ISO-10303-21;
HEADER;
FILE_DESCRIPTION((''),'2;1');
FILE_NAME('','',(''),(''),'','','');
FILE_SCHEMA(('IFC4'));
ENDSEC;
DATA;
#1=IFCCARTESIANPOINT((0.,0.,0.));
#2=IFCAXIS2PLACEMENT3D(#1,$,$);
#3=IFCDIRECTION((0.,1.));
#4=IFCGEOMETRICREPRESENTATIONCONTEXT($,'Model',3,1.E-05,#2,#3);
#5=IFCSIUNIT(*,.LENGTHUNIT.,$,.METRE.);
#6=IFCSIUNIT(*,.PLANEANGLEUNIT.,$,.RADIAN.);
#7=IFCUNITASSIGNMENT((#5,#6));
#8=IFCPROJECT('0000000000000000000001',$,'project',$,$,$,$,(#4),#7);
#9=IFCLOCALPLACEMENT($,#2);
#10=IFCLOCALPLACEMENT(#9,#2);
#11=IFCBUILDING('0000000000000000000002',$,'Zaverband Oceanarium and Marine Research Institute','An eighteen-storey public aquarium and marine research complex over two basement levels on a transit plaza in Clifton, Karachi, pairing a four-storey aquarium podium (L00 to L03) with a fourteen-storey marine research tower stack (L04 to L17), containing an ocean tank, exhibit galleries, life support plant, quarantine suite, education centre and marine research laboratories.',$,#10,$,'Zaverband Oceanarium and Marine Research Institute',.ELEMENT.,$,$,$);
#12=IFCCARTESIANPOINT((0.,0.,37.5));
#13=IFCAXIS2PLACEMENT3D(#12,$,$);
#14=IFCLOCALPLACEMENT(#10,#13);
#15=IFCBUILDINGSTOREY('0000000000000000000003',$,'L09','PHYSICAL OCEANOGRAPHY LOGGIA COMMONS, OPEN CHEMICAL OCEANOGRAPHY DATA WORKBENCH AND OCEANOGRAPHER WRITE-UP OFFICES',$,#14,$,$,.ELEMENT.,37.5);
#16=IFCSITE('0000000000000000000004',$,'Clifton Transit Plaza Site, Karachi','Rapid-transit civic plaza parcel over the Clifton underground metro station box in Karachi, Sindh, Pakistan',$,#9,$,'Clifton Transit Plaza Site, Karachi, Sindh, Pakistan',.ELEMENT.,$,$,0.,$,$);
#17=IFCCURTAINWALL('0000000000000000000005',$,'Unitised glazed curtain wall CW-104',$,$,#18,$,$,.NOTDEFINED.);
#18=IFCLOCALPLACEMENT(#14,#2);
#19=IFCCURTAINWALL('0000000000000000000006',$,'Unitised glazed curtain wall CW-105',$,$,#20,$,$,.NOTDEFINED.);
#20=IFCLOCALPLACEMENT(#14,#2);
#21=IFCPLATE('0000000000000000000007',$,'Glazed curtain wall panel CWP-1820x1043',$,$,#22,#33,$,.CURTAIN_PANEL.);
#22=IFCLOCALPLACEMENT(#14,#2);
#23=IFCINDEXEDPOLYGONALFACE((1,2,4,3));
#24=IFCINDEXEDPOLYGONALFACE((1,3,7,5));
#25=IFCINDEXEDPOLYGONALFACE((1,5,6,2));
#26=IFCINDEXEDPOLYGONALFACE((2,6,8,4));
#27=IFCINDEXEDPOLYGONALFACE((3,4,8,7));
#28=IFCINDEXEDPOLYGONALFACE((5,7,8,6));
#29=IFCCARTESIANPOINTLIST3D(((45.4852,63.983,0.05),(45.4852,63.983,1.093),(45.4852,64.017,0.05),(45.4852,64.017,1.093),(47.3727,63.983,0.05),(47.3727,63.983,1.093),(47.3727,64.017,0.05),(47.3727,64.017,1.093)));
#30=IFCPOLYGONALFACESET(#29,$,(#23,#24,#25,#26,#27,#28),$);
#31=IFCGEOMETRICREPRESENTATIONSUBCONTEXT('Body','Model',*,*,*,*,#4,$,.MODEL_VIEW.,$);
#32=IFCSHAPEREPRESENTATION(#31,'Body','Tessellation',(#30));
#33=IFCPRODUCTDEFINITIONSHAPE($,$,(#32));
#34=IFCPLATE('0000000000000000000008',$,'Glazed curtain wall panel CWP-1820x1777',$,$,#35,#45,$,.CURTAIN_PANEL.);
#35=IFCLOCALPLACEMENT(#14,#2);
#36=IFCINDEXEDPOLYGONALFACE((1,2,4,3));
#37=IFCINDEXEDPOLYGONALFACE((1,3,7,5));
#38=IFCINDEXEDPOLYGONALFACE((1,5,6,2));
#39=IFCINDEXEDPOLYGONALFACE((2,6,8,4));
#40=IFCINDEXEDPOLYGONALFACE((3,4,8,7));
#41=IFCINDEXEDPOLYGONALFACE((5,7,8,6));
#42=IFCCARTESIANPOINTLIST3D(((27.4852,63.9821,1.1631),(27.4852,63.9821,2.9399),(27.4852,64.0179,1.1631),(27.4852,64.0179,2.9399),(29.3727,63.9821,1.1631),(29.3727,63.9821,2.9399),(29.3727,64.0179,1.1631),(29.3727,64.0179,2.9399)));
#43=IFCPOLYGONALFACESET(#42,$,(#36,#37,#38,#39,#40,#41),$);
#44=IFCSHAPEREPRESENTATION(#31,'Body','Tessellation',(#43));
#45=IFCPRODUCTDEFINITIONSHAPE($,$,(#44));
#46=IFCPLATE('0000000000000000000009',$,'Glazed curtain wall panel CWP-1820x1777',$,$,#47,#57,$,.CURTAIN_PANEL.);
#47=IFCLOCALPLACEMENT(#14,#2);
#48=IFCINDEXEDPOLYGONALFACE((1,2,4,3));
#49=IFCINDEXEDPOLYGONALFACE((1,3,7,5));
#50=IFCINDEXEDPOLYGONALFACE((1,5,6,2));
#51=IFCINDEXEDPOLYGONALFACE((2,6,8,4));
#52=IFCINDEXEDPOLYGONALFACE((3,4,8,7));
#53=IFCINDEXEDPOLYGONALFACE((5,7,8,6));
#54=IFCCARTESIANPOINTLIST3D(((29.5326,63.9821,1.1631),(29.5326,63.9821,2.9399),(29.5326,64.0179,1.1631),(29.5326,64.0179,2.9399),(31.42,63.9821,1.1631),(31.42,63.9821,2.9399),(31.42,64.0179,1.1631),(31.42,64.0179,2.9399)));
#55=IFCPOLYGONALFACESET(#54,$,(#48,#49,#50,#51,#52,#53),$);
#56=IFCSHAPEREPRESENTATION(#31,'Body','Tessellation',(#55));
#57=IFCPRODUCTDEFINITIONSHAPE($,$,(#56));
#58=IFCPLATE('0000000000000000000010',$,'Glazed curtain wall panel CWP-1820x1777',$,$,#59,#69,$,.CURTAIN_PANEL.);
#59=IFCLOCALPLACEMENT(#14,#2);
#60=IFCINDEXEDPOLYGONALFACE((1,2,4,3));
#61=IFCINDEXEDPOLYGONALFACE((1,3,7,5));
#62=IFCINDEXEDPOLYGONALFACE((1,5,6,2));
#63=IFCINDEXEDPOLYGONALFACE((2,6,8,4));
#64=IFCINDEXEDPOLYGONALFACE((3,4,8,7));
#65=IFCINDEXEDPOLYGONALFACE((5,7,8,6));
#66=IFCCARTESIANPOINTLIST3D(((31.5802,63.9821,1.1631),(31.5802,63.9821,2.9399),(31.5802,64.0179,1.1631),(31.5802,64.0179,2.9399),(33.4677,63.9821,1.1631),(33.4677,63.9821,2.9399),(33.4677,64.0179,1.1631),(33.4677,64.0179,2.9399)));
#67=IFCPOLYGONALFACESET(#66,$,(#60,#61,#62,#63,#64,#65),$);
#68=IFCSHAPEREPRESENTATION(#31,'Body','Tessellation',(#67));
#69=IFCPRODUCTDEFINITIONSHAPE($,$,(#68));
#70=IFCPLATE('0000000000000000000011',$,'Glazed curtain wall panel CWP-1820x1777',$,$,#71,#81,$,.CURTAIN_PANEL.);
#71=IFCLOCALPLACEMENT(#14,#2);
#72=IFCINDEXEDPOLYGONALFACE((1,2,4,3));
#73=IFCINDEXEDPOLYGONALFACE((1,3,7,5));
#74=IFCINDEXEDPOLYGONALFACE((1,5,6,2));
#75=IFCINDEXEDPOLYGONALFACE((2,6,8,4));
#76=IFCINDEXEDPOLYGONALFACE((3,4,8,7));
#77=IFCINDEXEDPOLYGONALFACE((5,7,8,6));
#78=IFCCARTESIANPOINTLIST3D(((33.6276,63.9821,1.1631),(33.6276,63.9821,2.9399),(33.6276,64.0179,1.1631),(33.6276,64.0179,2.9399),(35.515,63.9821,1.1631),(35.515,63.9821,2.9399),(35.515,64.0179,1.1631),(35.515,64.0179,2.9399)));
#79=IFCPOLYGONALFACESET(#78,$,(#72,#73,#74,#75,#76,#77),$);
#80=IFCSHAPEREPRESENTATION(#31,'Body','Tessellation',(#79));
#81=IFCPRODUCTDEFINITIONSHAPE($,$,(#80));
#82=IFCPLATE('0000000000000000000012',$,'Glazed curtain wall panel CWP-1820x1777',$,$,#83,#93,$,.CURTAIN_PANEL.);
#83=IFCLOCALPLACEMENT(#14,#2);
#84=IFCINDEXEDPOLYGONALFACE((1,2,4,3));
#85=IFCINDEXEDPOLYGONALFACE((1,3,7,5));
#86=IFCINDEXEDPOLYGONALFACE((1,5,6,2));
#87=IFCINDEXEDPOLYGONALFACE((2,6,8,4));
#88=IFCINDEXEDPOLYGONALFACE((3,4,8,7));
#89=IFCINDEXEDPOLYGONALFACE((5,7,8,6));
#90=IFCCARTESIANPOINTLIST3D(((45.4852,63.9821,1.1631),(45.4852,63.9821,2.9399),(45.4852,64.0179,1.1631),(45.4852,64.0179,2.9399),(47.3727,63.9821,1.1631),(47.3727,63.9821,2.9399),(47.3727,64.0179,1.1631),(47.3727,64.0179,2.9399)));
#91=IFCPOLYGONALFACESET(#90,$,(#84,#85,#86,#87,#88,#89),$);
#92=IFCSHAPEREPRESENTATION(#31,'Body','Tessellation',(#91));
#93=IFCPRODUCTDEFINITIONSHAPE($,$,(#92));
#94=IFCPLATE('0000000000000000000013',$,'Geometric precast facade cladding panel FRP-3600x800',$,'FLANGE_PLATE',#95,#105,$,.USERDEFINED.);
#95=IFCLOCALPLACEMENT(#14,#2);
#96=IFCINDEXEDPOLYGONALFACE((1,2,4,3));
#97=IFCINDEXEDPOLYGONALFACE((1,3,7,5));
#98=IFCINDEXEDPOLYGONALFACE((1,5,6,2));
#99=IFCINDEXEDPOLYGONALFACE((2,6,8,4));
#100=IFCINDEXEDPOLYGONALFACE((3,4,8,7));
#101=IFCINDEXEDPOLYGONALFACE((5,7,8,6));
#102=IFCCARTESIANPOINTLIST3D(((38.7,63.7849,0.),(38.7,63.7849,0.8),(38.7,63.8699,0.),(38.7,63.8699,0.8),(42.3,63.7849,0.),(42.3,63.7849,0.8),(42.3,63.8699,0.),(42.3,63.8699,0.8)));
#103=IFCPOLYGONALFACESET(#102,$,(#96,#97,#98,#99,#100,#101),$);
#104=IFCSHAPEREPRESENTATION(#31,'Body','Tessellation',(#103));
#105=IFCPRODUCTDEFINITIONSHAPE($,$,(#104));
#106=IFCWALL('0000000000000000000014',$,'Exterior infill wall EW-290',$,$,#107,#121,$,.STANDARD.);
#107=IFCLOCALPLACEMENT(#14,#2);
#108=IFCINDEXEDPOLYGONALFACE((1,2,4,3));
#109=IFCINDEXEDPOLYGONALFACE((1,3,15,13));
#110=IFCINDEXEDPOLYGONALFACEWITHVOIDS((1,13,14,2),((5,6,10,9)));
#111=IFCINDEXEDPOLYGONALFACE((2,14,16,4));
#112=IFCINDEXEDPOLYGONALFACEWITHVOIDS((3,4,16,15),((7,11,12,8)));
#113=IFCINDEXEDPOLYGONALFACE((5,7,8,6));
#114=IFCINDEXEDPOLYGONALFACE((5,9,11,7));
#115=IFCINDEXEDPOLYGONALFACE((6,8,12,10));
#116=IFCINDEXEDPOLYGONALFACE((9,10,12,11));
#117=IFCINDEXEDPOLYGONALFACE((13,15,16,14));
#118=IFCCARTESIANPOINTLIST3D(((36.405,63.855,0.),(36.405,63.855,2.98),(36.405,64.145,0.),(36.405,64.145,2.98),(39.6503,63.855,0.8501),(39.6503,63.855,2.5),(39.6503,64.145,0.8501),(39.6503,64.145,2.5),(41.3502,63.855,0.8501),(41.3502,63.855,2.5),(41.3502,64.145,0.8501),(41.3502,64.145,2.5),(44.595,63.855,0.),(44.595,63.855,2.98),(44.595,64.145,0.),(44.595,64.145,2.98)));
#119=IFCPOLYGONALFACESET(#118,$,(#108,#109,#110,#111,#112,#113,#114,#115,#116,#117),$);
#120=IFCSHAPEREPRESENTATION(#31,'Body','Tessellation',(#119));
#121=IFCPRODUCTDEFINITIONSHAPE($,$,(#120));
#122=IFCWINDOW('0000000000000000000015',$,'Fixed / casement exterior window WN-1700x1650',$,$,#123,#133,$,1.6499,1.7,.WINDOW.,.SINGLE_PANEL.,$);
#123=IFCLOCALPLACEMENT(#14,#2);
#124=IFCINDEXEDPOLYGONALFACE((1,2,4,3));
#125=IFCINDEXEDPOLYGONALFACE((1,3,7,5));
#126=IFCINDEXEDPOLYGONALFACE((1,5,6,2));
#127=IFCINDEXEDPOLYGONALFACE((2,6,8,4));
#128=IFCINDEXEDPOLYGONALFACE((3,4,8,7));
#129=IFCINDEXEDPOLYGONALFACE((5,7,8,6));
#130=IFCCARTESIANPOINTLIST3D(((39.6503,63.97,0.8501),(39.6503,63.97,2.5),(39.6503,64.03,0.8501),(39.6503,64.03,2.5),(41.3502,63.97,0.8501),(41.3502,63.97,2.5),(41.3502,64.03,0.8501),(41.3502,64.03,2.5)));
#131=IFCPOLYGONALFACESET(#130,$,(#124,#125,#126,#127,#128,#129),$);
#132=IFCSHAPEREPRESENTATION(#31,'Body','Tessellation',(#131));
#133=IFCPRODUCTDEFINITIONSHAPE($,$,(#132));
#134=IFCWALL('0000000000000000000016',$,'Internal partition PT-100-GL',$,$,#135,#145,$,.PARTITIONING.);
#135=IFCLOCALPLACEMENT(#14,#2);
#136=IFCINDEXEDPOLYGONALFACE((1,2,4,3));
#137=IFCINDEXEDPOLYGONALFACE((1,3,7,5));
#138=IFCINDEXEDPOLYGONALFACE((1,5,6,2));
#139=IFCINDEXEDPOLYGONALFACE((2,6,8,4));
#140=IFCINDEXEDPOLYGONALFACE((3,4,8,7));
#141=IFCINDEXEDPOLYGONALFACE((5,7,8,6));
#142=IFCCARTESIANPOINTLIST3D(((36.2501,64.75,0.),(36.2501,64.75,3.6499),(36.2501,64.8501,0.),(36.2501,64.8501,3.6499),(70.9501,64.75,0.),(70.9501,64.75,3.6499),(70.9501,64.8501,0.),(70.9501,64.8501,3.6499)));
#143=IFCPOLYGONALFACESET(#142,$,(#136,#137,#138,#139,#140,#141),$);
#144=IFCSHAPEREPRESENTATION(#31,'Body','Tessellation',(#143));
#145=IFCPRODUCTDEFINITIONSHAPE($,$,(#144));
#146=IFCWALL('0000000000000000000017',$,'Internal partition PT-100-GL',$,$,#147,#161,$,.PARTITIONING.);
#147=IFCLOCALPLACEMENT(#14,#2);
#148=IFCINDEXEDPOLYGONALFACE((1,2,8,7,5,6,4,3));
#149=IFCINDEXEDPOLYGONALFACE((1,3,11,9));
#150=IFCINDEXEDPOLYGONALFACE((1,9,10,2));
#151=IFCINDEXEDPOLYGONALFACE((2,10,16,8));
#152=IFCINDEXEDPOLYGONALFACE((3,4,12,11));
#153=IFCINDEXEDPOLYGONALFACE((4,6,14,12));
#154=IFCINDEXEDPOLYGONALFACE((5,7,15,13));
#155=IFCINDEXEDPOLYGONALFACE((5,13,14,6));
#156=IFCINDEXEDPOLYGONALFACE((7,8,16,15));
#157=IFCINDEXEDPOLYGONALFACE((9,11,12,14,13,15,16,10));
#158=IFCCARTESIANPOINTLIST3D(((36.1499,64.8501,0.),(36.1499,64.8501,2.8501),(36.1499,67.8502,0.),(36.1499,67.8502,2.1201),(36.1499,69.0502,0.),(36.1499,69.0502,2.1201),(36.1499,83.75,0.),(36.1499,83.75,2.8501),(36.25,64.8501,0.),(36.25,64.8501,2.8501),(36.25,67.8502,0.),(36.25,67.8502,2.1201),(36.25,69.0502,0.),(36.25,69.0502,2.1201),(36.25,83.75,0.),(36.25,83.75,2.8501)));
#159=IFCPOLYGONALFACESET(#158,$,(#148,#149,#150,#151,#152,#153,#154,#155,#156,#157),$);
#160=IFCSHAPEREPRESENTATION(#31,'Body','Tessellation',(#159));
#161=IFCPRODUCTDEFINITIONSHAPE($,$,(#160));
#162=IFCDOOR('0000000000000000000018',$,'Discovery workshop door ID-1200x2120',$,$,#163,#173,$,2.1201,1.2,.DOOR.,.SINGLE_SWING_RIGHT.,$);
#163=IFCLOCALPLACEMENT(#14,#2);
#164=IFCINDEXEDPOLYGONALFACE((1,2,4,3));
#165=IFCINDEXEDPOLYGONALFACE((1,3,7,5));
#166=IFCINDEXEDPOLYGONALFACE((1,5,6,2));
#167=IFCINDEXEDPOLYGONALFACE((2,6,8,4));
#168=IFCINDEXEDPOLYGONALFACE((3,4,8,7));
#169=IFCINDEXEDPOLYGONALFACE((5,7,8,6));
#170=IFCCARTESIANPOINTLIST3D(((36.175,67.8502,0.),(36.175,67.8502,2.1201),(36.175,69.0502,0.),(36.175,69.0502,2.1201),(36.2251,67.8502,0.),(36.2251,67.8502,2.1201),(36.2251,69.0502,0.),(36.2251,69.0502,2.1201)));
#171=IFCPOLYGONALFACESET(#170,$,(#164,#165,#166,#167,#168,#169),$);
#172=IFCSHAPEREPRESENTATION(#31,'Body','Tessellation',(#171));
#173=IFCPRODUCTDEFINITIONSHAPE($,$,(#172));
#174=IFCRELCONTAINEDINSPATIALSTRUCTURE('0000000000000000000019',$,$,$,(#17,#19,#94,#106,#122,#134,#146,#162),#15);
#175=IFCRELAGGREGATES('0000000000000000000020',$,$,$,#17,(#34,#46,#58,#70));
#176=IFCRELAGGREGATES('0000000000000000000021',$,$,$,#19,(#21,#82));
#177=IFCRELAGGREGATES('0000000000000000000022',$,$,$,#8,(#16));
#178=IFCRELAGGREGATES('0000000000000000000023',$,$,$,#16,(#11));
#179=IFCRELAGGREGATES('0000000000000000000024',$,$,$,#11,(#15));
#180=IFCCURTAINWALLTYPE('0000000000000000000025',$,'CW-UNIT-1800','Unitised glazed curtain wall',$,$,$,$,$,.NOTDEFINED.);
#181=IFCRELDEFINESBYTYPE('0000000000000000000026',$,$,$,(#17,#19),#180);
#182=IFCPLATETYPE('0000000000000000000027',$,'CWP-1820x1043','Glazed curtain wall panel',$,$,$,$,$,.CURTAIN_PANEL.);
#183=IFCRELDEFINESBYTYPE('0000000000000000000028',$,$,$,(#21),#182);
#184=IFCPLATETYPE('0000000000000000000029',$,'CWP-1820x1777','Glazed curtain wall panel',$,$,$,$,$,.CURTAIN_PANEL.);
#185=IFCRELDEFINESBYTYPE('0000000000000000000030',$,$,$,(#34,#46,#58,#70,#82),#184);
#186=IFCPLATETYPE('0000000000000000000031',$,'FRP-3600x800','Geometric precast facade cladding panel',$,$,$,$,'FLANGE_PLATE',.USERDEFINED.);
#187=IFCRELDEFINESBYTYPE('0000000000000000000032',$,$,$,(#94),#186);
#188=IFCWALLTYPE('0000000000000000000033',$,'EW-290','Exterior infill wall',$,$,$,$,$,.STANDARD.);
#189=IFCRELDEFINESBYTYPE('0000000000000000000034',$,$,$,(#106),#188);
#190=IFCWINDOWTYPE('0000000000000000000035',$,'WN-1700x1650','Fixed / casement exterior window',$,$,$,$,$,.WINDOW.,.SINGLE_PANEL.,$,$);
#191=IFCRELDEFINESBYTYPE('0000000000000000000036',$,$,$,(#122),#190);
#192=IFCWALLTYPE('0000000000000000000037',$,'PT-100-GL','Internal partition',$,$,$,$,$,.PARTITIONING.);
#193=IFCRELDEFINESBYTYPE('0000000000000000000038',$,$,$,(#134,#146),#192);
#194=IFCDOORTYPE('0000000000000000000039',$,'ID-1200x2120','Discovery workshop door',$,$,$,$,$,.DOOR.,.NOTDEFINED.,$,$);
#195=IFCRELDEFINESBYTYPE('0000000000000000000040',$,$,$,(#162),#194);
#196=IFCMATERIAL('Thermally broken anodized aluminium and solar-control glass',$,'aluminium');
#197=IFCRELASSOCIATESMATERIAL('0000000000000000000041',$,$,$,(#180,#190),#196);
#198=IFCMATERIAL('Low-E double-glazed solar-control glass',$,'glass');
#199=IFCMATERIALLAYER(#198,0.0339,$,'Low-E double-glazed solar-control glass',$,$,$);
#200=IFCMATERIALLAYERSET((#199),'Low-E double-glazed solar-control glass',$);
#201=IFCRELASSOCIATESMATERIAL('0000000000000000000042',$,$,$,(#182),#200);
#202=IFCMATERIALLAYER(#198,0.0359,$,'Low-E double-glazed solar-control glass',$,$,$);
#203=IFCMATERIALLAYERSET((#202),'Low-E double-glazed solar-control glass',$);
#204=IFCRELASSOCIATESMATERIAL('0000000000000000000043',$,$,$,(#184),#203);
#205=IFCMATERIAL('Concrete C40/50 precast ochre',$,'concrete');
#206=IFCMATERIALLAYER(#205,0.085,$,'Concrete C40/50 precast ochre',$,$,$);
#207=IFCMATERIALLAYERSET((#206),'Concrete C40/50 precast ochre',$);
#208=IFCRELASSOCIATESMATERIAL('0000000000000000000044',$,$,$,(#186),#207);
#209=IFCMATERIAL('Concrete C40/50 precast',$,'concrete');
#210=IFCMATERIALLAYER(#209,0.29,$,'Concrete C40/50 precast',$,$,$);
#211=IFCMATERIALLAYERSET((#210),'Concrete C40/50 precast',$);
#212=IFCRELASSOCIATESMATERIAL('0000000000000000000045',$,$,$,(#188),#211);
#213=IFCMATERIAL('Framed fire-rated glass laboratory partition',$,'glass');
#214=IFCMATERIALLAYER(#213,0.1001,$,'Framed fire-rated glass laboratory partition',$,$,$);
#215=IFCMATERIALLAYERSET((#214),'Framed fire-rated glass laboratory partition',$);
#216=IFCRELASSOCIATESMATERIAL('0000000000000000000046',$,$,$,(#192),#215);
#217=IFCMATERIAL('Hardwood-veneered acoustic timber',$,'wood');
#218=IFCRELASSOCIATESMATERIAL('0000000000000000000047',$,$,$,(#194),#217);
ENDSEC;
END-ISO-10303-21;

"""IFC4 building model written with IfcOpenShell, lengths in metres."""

from ifc_helpers import new_model, si_unit, direction, frame, frame_2d, origin, place, context, subcontext, project, spatial, rectangle, extrude, material, layer, layer_set, type_object, element, fill, aggregate, save


model = new_model("IFC4")

# Units and contexts
model_context = context("Model", 3, precision=1e-05, world=origin(), true_north=direction((0.0, 1.0)))
body_context = subcontext(model_context, "Body", "Model", "MODEL_VIEW")
ifc_project = project(units=[si_unit("LENGTHUNIT", "METRE"), si_unit("PLANEANGLEUNIT", "RADIAN")], contexts=[model_context])

# Site, building, storey
site_placement = place(None, origin())
site = spatial("IfcSite", under=ifc_project, at=site_placement, Name="Clifton Transit Plaza Site, Karachi", Description="Rapid-transit civic plaza parcel over the Clifton underground metro station box in Karachi, Sindh, Pakistan", LongName="Clifton Transit Plaza Site, Karachi, Sindh, Pakistan", CompositionType="ELEMENT", RefElevation=0.0)
building_placement = place(site_placement, origin())
building = spatial("IfcBuilding", under=site, at=building_placement, Name="Zaverband Oceanarium and Marine Research Institute", Description="An eighteen-storey public aquarium and marine research complex over two basement levels on a transit plaza in Clifton, Karachi, pairing a four-storey aquarium podium (L00 to L03) with a fourteen-storey marine research tower stack (L04 to L17), containing an ocean tank, exhibit galleries, life support plant, quarantine suite, education centre and marine research laboratories.", LongName="Zaverband Oceanarium and Marine Research Institute", CompositionType="ELEMENT")
storey_placement = place(building_placement, frame((0.0, 0.0, 37.5)))
storey = spatial("IfcBuildingStorey", under=building, at=storey_placement, Name="L09", Description="PHYSICAL OCEANOGRAPHY LOGGIA COMMONS, OPEN CHEMICAL OCEANOGRAPHY DATA WORKBENCH AND OCEANOGRAPHER WRITE-UP OFFICES", CompositionType="ELEMENT", Elevation=37.5)

# Curtain wall
ifc_material_1 = material(Name="Thermally broken anodized aluminium and solar-control glass", Category="aluminium")
curtain_wall_type = type_object("IfcCurtainWallType", Name="CW-UNIT-1800", Description="Unitised glazed curtain wall", PredefinedType="NOTDEFINED", material=ifc_material_1)
curtain_wall_1_placement = place(storey_placement, origin())
curtain_wall_1 = element("IfcCurtainWall", 1, at=curtain_wall_1_placement, inside=storey, type_object=curtain_wall_type, Name="Unitised glazed curtain wall CW-104", PredefinedType="NOTDEFINED")

# Curtain wall
curtain_wall_2_placement = place(storey_placement, origin())
curtain_wall_2 = element("IfcCurtainWall", 2, at=curtain_wall_2_placement, inside=storey, type_object=curtain_wall_type, Name="Unitised glazed curtain wall CW-105", PredefinedType="NOTDEFINED")

# Plates
ifc_material_2 = material(Name="Low-E double-glazed solar-control glass", Category="glass")
ifc_layer_1 = layer(ifc_material_2, 0.0339, Name="Low-E double-glazed solar-control glass")
ifc_layer_set_1 = layer_set([ifc_layer_1], Name="Low-E double-glazed solar-control glass")
plate_type_1 = type_object("IfcPlateType", Name="CWP-1820x1043", Description="Glazed curtain wall panel", PredefinedType="CURTAIN_PANEL", material=ifc_layer_set_1)
plate_1_placement = place(storey_placement, frame((45.4851, 64.0, 0.05), z_axis=(0.0, 0.0, 1.0), x_axis=(1.0, 0.0, 0.0)))
plate_1 = element("IfcPlate", 3, at=plate_1_placement, type_object=plate_type_1, Name="Glazed curtain wall panel CWP-1820x1043", PredefinedType="CURTAIN_PANEL", context=body_context, shape_type="SweptSolid", body=[
    extrude(rectangle(XDim=1.8875, YDim=0.0339, at=frame_2d((0.9438, 0.0))), origin(), (0.0, 0.0, 1.0), 1.043),
])
ifc_layer_2 = layer(ifc_material_2, 0.0359, Name="Low-E double-glazed solar-control glass")
ifc_layer_set_2 = layer_set([ifc_layer_2], Name="Low-E double-glazed solar-control glass")
plate_type_2 = type_object("IfcPlateType", Name="CWP-1820x1777", Description="Glazed curtain wall panel", PredefinedType="CURTAIN_PANEL", material=ifc_layer_set_2)
plate_2_placement = place(storey_placement, frame((27.4851, 64.0, 1.1631), z_axis=(0.0, 0.0, 1.0), x_axis=(1.0, 0.0, 0.0)))
plate_2 = element("IfcPlate", 4, at=plate_2_placement, type_object=plate_type_2, Name="Glazed curtain wall panel CWP-1820x1777", PredefinedType="CURTAIN_PANEL", context=body_context, shape_type="SweptSolid", body=[
    extrude(rectangle(XDim=1.8875, YDim=0.0359, at=frame_2d((0.9438, 0.0))), origin(), (0.0, 0.0, 1.0), 1.7769),
])
plate_3_placement = place(storey_placement, frame((29.5325, 64.0, 1.1631), z_axis=(0.0, 0.0, 1.0), x_axis=(1.0, 0.0, 0.0)))
plate_3 = element("IfcPlate", 5, at=plate_3_placement, type_object=plate_type_2, Name="Glazed curtain wall panel CWP-1820x1777", PredefinedType="CURTAIN_PANEL", context=body_context, shape_type="SweptSolid", body=[
    extrude(rectangle(XDim=1.8875, YDim=0.0359, at=frame_2d((0.9438, 0.0))), origin(), (0.0, 0.0, 1.0), 1.7769),
])
plate_4_placement = place(storey_placement, frame((31.5801, 64.0, 1.1631), z_axis=(0.0, 0.0, 1.0), x_axis=(1.0, 0.0, 0.0)))
plate_4 = element("IfcPlate", 6, at=plate_4_placement, type_object=plate_type_2, Name="Glazed curtain wall panel CWP-1820x1777", PredefinedType="CURTAIN_PANEL", context=body_context, shape_type="SweptSolid", body=[
    extrude(rectangle(XDim=1.8875, YDim=0.0359, at=frame_2d((0.9438, 0.0))), origin(), (0.0, 0.0, 1.0), 1.7769),
])
plate_5_placement = place(storey_placement, frame((33.6274, 64.0, 1.1631), z_axis=(0.0, 0.0, 1.0), x_axis=(1.0, 0.0, 0.0)))
plate_5 = element("IfcPlate", 7, at=plate_5_placement, type_object=plate_type_2, Name="Glazed curtain wall panel CWP-1820x1777", PredefinedType="CURTAIN_PANEL", context=body_context, shape_type="SweptSolid", body=[
    extrude(rectangle(XDim=1.8875, YDim=0.0359, at=frame_2d((0.9438, 0.0))), origin(), (0.0, 0.0, 1.0), 1.7769),
])
aggregate(curtain_wall_1, [plate_2, plate_3, plate_4, plate_5])
plate_6_placement = place(storey_placement, frame((45.4851, 64.0, 1.1631), z_axis=(0.0, 0.0, 1.0), x_axis=(1.0, 0.0, 0.0)))
plate_6 = element("IfcPlate", 8, at=plate_6_placement, type_object=plate_type_2, Name="Glazed curtain wall panel CWP-1820x1777", PredefinedType="CURTAIN_PANEL", context=body_context, shape_type="SweptSolid", body=[
    extrude(rectangle(XDim=1.8875, YDim=0.0359, at=frame_2d((0.9438, 0.0))), origin(), (0.0, 0.0, 1.0), 1.7769),
])
aggregate(curtain_wall_2, [plate_1, plate_6])
ifc_material_3 = material(Name="Concrete C40/50 precast ochre", Category="concrete")
ifc_layer_3 = layer(ifc_material_3, 0.085, Name="Concrete C40/50 precast ochre")
ifc_layer_set_3 = layer_set([ifc_layer_3], Name="Concrete C40/50 precast ochre")
plate_type_3 = type_object("IfcPlateType", Name="FRP-3600x800", Description="Geometric precast facade cladding panel", ElementType="FLANGE_PLATE", PredefinedType="USERDEFINED", material=ifc_layer_set_3)
plate_7_placement = place(storey_placement, frame((38.7, 63.8274, 0.0), z_axis=(0.0, 0.0, 1.0), x_axis=(1.0, 0.0, 0.0)))
element("IfcPlate", 9, at=plate_7_placement, inside=storey, type_object=plate_type_3, Name="Geometric precast facade cladding panel FRP-3600x800", ObjectType="FLANGE_PLATE", PredefinedType="USERDEFINED", context=body_context, shape_type="SweptSolid", body=[
    extrude(rectangle(XDim=3.6001, YDim=0.085, at=frame_2d((1.8, 0.0))), origin(), (0.0, 0.0, 1.0), 0.8),
])

# Wall, opening, window
ifc_material_4 = material(Name="Concrete C40/50 precast", Category="concrete")
ifc_layer_4 = layer(ifc_material_4, 0.29, Name="Concrete C40/50 precast")
ifc_layer_set_4 = layer_set([ifc_layer_4], Name="Concrete C40/50 precast")
wall_type_1 = type_object("IfcWallType", Name="EW-290", Description="Exterior infill wall", PredefinedType="STANDARD", material=ifc_layer_set_4)
wall_1_placement = place(storey_placement, frame((36.405, 64.0, 0.0), z_axis=(0.0, 0.0, 1.0), x_axis=(1.0, 0.0, 0.0)))
wall_1 = element("IfcWall", 10, at=wall_1_placement, inside=storey, type_object=wall_type_1, Name="Exterior infill wall EW-290", PredefinedType="STANDARD", context=body_context, shape_type="SweptSolid", body=[
    extrude(rectangle(XDim=8.1899, YDim=0.29, at=frame_2d((4.095, 0.0))), origin(), (0.0, 0.0, 1.0), 2.98),
])
opening_1_placement = place(wall_1_placement, frame((3.2451, 0.0, 0.8501)))
opening_1 = element("IfcOpeningElement", 11, at=opening_1_placement, cuts=wall_1, PredefinedType="OPENING", context=body_context, shape_type="SweptSolid", body=[
    extrude(rectangle(XDim=1.7, YDim=1.6499, at=frame_2d((0.8501, 0.825))), frame((0.0, 0.157, 0.0), z_axis=(0.0, -1.0, 0.0), x_axis=(1.0, 0.0, 0.0)), (0.0, 0.0, 1.0), 0.314),
])
window_type = type_object("IfcWindowType", Name="WN-1700x1650", Description="Fixed / casement exterior window", PartitioningType="SINGLE_PANEL", PredefinedType="WINDOW", material=ifc_material_1)
window_placement = place(opening_1_placement, origin())
window = element("IfcWindow", 12, at=window_placement, inside=storey, type_object=window_type, Name="Fixed / casement exterior window WN-1700x1650", OverallHeight=1.6499, OverallWidth=1.7, PartitioningType="SINGLE_PANEL", PredefinedType="WINDOW", context=body_context, shape_type="SweptSolid", body=[
    extrude(rectangle(XDim=1.7, YDim=1.6499, at=frame_2d((0.8501, 0.825))), frame((0.0, 0.03, 0.0), z_axis=(0.0, -1.0, 0.0), x_axis=(1.0, 0.0, 0.0)), (0.0, 0.0, 1.0), 0.0601),
])
fill(opening_1, window)

# Wall
ifc_material_5 = material(Name="Framed fire-rated glass laboratory partition", Category="glass")
ifc_layer_5 = layer(ifc_material_5, 0.1001, Name="Framed fire-rated glass laboratory partition")
ifc_layer_set_5 = layer_set([ifc_layer_5], Name="Framed fire-rated glass laboratory partition")
wall_type_2 = type_object("IfcWallType", Name="PT-100-GL", Description="Internal partition", PredefinedType="PARTITIONING", material=ifc_layer_set_5)
wall_2_placement = place(storey_placement, frame((36.25, 64.8, 0.0), z_axis=(0.0, 0.0, 1.0), x_axis=(1.0, 0.0, 0.0)))
element("IfcWall", 13, at=wall_2_placement, inside=storey, type_object=wall_type_2, Name="Internal partition PT-100-GL", PredefinedType="PARTITIONING", context=body_context, shape_type="SweptSolid", body=[
    extrude(rectangle(XDim=34.7, YDim=0.1001, at=frame_2d((17.3501, 0.0))), origin(), (0.0, 0.0, 1.0), 3.6499),
])

# Wall, opening, door
wall_3_placement = place(storey_placement, frame((36.2, 64.8501, 0.0), z_axis=(0.0, 0.0, 1.0), x_axis=(0.0, 1.0, 0.0)))
wall_3 = element("IfcWall", 14, at=wall_3_placement, inside=storey, type_object=wall_type_2, Name="Internal partition PT-100-GL", PredefinedType="PARTITIONING", context=body_context, shape_type="SweptSolid", body=[
    extrude(rectangle(XDim=18.8999, YDim=0.1001, at=frame_2d((9.45, 0.0))), origin(), (0.0, 0.0, 1.0), 2.8501),
])
opening_2_placement = place(wall_3_placement, frame((3.0, 0.0, 0.0)))
opening_2 = element("IfcOpeningElement", 15, at=opening_2_placement, cuts=wall_3, PredefinedType="OPENING", context=body_context, shape_type="SweptSolid", body=[
    extrude(rectangle(XDim=1.2, YDim=2.1201, at=frame_2d((0.6001, 1.0601))), frame((0.0, 0.062, 0.0), z_axis=(0.0, -1.0, 0.0), x_axis=(1.0, 0.0, 0.0)), (0.0, 0.0, 1.0), 0.124),
])
ifc_material_6 = material(Name="Hardwood-veneered acoustic timber", Category="wood")
door_type = type_object("IfcDoorType", Name="ID-1200x2120", Description="Discovery workshop door", OperationType="NOTDEFINED", PredefinedType="DOOR", material=ifc_material_6)
door_placement = place(opening_2_placement, origin())
door = element("IfcDoor", 16, at=door_placement, inside=storey, type_object=door_type, Name="Discovery workshop door ID-1200x2120", OperationType="SINGLE_SWING_RIGHT", OverallHeight=2.1201, OverallWidth=1.2, PredefinedType="DOOR", context=body_context, shape_type="SweptSolid", body=[
    extrude(rectangle(XDim=1.2, YDim=2.1201, at=frame_2d((0.6001, 1.0601))), frame((0.0, 0.0249, 0.0), z_axis=(0.0, -1.0, 0.0), x_axis=(1.0, 0.0, 0.0)), (0.0, 0.0, 1.0), 0.05),
])
fill(opening_2, door)

save(model, "model.ifc")
